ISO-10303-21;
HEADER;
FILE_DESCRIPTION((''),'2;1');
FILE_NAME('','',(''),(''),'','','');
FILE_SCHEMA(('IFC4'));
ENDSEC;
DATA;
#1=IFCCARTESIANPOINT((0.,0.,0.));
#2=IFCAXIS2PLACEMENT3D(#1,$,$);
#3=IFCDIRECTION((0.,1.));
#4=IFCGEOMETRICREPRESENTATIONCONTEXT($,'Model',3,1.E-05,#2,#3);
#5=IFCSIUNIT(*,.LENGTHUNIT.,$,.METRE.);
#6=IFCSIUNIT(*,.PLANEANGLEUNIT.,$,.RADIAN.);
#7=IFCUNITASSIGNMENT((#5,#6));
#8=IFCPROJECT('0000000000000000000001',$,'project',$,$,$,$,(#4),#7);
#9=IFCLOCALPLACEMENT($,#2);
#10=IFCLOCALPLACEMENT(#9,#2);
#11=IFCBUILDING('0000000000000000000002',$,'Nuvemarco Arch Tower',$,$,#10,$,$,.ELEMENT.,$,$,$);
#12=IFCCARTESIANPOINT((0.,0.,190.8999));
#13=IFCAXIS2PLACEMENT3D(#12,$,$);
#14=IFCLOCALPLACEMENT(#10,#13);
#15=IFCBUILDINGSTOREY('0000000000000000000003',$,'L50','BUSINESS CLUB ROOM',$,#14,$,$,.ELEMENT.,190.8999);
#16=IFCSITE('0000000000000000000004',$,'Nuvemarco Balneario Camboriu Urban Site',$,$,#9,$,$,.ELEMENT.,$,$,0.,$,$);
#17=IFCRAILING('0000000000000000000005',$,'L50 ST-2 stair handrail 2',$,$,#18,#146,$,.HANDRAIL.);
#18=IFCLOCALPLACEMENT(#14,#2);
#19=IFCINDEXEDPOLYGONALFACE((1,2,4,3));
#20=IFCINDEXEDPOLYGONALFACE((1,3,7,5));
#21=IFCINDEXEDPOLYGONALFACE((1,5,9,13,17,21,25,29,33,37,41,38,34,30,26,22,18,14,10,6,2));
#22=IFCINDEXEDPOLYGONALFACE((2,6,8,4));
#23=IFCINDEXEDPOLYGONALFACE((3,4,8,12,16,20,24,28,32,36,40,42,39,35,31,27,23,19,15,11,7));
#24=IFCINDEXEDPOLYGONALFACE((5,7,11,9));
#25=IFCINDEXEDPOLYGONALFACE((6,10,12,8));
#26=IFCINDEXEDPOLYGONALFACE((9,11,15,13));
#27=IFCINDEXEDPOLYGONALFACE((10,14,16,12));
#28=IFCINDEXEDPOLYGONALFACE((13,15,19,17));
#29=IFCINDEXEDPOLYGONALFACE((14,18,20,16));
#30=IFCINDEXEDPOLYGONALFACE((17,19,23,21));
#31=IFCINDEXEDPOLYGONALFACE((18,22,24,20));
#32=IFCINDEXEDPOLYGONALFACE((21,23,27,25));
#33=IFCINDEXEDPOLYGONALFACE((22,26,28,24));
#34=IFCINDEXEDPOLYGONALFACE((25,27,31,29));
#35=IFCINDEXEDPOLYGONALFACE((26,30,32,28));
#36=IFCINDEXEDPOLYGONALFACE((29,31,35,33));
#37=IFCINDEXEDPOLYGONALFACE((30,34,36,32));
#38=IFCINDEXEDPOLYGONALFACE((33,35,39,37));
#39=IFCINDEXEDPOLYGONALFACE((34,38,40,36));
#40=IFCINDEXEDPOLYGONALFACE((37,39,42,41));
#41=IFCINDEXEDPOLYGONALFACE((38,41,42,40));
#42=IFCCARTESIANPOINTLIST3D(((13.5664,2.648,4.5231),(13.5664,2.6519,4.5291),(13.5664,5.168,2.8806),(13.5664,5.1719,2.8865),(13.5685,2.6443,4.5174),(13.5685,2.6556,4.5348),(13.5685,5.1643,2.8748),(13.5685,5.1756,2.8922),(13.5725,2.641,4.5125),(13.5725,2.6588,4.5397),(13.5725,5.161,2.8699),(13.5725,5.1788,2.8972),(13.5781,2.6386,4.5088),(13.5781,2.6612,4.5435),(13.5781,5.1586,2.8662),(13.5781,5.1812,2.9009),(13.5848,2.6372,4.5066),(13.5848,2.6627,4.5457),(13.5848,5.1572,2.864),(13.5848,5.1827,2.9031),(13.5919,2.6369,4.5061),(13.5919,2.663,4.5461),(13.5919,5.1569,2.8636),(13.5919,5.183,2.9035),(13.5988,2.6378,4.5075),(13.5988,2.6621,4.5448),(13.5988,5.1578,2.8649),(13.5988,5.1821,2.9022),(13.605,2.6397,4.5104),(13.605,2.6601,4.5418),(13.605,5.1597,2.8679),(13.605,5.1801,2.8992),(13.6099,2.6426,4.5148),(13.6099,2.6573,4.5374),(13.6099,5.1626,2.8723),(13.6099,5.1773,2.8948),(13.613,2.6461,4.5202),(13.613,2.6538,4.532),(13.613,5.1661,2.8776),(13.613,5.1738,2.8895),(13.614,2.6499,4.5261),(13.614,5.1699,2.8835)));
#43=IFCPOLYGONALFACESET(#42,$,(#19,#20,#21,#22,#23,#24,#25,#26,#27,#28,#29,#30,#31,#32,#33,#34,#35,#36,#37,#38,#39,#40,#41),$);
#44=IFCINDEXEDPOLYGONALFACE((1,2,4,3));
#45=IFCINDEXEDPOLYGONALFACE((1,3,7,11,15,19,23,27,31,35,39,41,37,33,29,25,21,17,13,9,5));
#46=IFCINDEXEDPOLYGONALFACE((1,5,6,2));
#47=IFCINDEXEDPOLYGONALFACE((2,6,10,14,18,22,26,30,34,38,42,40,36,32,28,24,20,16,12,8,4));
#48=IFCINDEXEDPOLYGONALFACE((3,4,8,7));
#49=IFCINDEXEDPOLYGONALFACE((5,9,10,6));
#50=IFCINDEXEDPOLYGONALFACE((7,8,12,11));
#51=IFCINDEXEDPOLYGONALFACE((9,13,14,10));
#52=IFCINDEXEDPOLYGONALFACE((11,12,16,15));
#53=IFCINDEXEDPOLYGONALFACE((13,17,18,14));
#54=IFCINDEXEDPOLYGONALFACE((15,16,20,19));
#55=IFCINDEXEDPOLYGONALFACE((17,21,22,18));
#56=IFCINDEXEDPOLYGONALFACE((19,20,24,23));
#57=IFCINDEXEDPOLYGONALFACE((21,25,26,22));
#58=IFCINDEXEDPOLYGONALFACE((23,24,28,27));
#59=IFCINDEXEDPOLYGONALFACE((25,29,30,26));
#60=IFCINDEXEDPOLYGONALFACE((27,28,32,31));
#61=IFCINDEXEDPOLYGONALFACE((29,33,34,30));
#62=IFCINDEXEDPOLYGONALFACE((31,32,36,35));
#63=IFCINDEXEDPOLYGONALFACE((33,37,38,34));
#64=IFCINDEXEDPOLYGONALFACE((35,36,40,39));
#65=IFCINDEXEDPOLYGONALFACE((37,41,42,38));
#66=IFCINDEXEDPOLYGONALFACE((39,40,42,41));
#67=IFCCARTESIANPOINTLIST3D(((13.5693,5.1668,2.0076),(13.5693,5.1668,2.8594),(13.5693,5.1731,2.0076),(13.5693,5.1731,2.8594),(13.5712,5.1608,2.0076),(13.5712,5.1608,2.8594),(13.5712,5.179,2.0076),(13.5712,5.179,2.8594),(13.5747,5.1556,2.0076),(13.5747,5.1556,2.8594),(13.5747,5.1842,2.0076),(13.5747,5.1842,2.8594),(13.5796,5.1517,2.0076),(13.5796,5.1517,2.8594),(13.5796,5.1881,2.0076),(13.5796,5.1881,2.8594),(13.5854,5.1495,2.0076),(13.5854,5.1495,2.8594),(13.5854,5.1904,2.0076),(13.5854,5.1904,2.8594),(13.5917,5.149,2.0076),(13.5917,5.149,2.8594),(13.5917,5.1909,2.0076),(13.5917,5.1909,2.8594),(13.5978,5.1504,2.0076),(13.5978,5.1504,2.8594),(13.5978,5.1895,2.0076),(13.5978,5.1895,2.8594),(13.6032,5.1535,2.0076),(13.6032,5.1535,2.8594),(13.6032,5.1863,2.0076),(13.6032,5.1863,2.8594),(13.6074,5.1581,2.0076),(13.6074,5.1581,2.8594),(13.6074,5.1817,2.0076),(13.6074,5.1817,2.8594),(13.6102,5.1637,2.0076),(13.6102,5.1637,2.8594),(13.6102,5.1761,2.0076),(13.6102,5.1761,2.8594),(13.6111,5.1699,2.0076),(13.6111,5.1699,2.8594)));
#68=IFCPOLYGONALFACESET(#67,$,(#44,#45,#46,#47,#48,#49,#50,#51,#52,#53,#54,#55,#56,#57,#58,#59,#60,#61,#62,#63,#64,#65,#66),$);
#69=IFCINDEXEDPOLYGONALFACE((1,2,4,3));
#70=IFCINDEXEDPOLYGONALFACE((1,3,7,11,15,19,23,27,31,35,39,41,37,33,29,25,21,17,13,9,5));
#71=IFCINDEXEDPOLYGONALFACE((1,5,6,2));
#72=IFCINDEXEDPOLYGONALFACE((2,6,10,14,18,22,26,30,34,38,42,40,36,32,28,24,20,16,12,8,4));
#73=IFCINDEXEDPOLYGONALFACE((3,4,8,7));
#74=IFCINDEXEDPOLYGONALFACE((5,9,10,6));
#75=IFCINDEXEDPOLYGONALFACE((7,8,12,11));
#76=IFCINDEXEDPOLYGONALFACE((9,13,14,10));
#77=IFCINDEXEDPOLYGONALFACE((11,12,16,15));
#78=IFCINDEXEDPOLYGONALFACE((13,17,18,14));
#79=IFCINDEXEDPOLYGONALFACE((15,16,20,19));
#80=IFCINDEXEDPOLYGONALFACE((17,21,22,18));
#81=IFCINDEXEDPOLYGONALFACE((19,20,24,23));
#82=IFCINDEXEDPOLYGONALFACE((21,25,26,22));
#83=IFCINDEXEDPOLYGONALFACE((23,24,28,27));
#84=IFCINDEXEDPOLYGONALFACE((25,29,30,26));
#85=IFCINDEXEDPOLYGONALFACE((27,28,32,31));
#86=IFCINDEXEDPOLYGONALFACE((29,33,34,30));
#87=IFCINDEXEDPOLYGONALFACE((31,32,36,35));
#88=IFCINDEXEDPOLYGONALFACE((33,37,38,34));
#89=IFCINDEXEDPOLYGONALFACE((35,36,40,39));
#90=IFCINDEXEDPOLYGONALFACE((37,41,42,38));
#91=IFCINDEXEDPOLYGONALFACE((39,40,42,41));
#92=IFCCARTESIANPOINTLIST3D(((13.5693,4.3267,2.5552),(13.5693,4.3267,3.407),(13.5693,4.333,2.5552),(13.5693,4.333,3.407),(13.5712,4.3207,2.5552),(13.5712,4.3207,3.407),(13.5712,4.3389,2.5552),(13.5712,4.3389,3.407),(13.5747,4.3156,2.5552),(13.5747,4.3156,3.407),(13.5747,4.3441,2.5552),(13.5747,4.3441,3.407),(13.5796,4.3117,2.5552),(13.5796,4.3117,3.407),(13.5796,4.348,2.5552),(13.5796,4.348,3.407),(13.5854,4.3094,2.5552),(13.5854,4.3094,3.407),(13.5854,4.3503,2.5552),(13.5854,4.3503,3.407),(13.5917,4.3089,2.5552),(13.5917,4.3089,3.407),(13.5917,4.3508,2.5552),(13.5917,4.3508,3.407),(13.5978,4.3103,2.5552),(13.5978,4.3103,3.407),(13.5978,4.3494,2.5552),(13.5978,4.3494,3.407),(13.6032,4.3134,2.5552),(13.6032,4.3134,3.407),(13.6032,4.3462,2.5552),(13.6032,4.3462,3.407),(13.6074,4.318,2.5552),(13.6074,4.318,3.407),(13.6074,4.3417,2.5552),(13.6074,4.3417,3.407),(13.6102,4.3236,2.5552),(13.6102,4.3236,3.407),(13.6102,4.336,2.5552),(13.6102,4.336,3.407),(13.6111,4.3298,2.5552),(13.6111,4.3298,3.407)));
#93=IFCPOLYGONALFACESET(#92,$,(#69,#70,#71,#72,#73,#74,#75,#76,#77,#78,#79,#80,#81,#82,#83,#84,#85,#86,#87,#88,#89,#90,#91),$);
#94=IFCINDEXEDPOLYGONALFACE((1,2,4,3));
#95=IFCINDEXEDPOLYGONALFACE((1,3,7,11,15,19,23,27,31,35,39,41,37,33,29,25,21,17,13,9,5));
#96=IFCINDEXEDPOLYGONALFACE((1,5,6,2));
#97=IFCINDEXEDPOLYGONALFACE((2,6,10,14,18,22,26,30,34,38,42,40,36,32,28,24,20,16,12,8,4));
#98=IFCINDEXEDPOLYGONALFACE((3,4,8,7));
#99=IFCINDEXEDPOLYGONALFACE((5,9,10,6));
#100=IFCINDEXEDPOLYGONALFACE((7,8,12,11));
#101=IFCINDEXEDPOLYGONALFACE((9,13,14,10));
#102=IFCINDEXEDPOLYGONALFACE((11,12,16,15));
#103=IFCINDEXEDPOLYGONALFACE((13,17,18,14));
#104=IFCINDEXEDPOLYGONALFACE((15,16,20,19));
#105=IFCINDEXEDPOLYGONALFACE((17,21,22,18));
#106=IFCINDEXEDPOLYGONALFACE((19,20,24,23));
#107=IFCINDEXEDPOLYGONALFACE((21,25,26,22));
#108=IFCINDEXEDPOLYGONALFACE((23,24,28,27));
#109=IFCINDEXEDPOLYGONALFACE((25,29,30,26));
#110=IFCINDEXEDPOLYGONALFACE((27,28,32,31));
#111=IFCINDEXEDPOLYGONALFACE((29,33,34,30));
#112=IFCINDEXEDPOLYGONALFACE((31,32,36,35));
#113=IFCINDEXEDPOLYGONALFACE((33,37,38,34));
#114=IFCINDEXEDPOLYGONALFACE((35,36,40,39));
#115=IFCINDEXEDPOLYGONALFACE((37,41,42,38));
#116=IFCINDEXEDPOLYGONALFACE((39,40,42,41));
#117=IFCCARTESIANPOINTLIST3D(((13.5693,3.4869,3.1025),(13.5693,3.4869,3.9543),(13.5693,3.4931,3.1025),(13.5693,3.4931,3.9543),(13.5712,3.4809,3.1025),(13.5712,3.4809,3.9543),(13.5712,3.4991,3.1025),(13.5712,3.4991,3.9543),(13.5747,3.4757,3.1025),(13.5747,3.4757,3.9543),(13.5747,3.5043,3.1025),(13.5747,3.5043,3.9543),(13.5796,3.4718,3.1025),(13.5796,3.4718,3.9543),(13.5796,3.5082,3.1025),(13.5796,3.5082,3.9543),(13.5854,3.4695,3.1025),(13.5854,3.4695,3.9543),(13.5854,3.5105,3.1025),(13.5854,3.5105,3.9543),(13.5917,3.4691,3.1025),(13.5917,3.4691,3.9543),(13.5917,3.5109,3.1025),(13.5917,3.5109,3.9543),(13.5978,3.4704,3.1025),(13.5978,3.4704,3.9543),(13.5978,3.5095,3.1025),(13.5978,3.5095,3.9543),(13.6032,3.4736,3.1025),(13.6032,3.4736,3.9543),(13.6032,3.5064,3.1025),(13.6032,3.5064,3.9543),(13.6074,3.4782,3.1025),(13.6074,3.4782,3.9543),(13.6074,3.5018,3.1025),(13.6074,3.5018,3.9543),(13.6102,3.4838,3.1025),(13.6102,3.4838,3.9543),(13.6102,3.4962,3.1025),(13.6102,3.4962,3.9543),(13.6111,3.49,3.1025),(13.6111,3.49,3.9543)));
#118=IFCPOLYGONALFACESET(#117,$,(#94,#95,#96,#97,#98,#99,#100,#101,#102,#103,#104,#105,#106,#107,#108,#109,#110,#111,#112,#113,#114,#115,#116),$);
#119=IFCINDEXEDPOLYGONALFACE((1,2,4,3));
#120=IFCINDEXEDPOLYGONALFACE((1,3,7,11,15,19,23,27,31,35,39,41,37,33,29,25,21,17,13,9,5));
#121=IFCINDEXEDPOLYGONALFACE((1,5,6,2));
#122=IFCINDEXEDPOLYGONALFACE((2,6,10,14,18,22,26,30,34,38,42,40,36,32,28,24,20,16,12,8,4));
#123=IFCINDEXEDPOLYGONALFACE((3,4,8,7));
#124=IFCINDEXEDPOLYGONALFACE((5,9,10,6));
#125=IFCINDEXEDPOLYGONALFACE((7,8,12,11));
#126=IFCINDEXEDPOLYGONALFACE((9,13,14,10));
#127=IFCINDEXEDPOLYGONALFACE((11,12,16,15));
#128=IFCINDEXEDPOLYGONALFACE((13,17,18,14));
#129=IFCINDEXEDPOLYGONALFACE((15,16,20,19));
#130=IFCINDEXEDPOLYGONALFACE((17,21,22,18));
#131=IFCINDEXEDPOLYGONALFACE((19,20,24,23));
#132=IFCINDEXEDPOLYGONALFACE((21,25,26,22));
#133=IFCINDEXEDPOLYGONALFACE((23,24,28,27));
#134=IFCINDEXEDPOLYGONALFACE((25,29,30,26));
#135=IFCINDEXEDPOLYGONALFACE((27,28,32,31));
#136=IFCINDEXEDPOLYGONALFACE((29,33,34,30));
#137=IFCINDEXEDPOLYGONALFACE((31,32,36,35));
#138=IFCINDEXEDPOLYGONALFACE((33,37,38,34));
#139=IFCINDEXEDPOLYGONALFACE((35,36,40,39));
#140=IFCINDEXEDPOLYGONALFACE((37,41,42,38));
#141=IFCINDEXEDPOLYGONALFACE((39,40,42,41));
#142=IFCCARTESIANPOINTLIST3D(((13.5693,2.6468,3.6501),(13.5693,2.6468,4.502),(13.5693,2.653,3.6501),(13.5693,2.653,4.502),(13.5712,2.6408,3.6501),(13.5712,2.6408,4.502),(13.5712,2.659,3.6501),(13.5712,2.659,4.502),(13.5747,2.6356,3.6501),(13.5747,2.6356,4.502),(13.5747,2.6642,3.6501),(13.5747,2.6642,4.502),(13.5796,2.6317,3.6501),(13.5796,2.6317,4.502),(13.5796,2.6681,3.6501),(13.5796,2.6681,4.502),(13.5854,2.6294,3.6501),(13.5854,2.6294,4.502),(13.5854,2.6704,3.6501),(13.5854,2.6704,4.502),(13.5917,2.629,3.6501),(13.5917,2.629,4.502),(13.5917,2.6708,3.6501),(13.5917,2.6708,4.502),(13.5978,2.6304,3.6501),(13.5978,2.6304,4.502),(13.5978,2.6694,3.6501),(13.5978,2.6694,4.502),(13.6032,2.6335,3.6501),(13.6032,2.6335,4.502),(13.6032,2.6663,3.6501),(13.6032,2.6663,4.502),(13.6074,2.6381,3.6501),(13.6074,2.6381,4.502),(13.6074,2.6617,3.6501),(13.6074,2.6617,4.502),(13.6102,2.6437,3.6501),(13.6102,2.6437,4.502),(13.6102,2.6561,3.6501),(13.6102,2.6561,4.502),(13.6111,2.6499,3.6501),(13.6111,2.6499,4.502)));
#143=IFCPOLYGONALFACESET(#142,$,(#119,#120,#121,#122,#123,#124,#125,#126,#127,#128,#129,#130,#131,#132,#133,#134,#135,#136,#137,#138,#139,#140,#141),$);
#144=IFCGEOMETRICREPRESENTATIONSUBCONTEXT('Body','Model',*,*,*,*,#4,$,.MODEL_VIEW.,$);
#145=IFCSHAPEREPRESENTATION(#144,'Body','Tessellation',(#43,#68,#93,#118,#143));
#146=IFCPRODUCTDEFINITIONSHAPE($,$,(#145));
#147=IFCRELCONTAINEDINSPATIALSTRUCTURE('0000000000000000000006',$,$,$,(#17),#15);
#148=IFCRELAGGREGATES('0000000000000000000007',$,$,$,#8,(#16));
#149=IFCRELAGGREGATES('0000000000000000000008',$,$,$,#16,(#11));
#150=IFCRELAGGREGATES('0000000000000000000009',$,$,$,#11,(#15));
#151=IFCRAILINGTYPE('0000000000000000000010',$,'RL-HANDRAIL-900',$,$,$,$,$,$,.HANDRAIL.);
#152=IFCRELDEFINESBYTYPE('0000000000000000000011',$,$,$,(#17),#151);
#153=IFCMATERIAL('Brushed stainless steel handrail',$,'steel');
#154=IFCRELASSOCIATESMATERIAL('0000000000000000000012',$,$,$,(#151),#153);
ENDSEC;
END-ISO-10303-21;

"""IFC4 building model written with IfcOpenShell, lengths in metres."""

from ifc_helpers import new_model, si_unit, direction, frame, origin, origin_2d, place, context, subcontext, project, spatial, circle, extrude, material, type_object, element, save


model = new_model("IFC4")

# Units and contexts
model_context = context("Model", 3, precision=1e-05, world=origin(), true_north=direction((0.0, 1.0)))
body_context = subcontext(model_context, "Body", "Model", "MODEL_VIEW")
ifc_project = project(units=[si_unit("LENGTHUNIT", "METRE"), si_unit("PLANEANGLEUNIT", "RADIAN")], contexts=[model_context])

# Site, building, storey
site_placement = place(None, origin())
site = spatial("IfcSite", under=ifc_project, at=site_placement, Name="Nuvemarco Balneario Camboriu Urban Site", CompositionType="ELEMENT", RefElevation=0.0)
building_placement = place(site_placement, origin())
building = spatial("IfcBuilding", under=site, at=building_placement, Name="Nuvemarco Arch Tower", CompositionType="ELEMENT")
storey_placement = place(building_placement, frame((0.0, 0.0, 190.8999)))
storey = spatial("IfcBuildingStorey", under=building, at=storey_placement, Name="L50", Description="BUSINESS CLUB ROOM", CompositionType="ELEMENT", Elevation=190.8999)

# Railing
ifc_material_1 = material(Name="Brushed stainless steel handrail", Category="steel")
railing_type_1 = type_object("IfcRailingType", Name="RL-HANDRAIL-900", PredefinedType="HANDRAIL", material=ifc_material_1)
railing_1_placement = place(storey_placement, frame((13.5901, 5.1699, 2.0076)))
element("IfcRailing", 1, at=railing_1_placement, inside=storey, type_object=railing_type_1, Name="L50 ST-2 stair handrail 2", PredefinedType="HANDRAIL", context=body_context, shape_type="SweptSolid", body=[
    extrude(circle(Radius=0.0239, at=origin_2d()), frame((0.0, 0.0, 0.876), z_axis=(0.0, -0.837749, 0.546055), x_axis=(1.0, 0.0, 0.0)), (0.0, 0.0, 1.0), 3.0081),
    extrude(circle(Radius=0.021, at=origin_2d()), origin(), (0.0, 0.0, 1.0), 0.8518),
    extrude(circle(Radius=0.021, at=origin_2d()), frame((0.0, -0.8401, 0.5476)), (0.0, 0.0, 1.0), 0.8518),
    extrude(circle(Radius=0.021, at=origin_2d()), frame((0.0, -1.6799, 1.095)), (0.0, 0.0, 1.0), 0.8518),
    extrude(circle(Radius=0.021, at=origin_2d()), frame((0.0, -2.52, 1.6426)), (0.0, 0.0, 1.0), 0.8518),
])

save(model, "model.ifc")
